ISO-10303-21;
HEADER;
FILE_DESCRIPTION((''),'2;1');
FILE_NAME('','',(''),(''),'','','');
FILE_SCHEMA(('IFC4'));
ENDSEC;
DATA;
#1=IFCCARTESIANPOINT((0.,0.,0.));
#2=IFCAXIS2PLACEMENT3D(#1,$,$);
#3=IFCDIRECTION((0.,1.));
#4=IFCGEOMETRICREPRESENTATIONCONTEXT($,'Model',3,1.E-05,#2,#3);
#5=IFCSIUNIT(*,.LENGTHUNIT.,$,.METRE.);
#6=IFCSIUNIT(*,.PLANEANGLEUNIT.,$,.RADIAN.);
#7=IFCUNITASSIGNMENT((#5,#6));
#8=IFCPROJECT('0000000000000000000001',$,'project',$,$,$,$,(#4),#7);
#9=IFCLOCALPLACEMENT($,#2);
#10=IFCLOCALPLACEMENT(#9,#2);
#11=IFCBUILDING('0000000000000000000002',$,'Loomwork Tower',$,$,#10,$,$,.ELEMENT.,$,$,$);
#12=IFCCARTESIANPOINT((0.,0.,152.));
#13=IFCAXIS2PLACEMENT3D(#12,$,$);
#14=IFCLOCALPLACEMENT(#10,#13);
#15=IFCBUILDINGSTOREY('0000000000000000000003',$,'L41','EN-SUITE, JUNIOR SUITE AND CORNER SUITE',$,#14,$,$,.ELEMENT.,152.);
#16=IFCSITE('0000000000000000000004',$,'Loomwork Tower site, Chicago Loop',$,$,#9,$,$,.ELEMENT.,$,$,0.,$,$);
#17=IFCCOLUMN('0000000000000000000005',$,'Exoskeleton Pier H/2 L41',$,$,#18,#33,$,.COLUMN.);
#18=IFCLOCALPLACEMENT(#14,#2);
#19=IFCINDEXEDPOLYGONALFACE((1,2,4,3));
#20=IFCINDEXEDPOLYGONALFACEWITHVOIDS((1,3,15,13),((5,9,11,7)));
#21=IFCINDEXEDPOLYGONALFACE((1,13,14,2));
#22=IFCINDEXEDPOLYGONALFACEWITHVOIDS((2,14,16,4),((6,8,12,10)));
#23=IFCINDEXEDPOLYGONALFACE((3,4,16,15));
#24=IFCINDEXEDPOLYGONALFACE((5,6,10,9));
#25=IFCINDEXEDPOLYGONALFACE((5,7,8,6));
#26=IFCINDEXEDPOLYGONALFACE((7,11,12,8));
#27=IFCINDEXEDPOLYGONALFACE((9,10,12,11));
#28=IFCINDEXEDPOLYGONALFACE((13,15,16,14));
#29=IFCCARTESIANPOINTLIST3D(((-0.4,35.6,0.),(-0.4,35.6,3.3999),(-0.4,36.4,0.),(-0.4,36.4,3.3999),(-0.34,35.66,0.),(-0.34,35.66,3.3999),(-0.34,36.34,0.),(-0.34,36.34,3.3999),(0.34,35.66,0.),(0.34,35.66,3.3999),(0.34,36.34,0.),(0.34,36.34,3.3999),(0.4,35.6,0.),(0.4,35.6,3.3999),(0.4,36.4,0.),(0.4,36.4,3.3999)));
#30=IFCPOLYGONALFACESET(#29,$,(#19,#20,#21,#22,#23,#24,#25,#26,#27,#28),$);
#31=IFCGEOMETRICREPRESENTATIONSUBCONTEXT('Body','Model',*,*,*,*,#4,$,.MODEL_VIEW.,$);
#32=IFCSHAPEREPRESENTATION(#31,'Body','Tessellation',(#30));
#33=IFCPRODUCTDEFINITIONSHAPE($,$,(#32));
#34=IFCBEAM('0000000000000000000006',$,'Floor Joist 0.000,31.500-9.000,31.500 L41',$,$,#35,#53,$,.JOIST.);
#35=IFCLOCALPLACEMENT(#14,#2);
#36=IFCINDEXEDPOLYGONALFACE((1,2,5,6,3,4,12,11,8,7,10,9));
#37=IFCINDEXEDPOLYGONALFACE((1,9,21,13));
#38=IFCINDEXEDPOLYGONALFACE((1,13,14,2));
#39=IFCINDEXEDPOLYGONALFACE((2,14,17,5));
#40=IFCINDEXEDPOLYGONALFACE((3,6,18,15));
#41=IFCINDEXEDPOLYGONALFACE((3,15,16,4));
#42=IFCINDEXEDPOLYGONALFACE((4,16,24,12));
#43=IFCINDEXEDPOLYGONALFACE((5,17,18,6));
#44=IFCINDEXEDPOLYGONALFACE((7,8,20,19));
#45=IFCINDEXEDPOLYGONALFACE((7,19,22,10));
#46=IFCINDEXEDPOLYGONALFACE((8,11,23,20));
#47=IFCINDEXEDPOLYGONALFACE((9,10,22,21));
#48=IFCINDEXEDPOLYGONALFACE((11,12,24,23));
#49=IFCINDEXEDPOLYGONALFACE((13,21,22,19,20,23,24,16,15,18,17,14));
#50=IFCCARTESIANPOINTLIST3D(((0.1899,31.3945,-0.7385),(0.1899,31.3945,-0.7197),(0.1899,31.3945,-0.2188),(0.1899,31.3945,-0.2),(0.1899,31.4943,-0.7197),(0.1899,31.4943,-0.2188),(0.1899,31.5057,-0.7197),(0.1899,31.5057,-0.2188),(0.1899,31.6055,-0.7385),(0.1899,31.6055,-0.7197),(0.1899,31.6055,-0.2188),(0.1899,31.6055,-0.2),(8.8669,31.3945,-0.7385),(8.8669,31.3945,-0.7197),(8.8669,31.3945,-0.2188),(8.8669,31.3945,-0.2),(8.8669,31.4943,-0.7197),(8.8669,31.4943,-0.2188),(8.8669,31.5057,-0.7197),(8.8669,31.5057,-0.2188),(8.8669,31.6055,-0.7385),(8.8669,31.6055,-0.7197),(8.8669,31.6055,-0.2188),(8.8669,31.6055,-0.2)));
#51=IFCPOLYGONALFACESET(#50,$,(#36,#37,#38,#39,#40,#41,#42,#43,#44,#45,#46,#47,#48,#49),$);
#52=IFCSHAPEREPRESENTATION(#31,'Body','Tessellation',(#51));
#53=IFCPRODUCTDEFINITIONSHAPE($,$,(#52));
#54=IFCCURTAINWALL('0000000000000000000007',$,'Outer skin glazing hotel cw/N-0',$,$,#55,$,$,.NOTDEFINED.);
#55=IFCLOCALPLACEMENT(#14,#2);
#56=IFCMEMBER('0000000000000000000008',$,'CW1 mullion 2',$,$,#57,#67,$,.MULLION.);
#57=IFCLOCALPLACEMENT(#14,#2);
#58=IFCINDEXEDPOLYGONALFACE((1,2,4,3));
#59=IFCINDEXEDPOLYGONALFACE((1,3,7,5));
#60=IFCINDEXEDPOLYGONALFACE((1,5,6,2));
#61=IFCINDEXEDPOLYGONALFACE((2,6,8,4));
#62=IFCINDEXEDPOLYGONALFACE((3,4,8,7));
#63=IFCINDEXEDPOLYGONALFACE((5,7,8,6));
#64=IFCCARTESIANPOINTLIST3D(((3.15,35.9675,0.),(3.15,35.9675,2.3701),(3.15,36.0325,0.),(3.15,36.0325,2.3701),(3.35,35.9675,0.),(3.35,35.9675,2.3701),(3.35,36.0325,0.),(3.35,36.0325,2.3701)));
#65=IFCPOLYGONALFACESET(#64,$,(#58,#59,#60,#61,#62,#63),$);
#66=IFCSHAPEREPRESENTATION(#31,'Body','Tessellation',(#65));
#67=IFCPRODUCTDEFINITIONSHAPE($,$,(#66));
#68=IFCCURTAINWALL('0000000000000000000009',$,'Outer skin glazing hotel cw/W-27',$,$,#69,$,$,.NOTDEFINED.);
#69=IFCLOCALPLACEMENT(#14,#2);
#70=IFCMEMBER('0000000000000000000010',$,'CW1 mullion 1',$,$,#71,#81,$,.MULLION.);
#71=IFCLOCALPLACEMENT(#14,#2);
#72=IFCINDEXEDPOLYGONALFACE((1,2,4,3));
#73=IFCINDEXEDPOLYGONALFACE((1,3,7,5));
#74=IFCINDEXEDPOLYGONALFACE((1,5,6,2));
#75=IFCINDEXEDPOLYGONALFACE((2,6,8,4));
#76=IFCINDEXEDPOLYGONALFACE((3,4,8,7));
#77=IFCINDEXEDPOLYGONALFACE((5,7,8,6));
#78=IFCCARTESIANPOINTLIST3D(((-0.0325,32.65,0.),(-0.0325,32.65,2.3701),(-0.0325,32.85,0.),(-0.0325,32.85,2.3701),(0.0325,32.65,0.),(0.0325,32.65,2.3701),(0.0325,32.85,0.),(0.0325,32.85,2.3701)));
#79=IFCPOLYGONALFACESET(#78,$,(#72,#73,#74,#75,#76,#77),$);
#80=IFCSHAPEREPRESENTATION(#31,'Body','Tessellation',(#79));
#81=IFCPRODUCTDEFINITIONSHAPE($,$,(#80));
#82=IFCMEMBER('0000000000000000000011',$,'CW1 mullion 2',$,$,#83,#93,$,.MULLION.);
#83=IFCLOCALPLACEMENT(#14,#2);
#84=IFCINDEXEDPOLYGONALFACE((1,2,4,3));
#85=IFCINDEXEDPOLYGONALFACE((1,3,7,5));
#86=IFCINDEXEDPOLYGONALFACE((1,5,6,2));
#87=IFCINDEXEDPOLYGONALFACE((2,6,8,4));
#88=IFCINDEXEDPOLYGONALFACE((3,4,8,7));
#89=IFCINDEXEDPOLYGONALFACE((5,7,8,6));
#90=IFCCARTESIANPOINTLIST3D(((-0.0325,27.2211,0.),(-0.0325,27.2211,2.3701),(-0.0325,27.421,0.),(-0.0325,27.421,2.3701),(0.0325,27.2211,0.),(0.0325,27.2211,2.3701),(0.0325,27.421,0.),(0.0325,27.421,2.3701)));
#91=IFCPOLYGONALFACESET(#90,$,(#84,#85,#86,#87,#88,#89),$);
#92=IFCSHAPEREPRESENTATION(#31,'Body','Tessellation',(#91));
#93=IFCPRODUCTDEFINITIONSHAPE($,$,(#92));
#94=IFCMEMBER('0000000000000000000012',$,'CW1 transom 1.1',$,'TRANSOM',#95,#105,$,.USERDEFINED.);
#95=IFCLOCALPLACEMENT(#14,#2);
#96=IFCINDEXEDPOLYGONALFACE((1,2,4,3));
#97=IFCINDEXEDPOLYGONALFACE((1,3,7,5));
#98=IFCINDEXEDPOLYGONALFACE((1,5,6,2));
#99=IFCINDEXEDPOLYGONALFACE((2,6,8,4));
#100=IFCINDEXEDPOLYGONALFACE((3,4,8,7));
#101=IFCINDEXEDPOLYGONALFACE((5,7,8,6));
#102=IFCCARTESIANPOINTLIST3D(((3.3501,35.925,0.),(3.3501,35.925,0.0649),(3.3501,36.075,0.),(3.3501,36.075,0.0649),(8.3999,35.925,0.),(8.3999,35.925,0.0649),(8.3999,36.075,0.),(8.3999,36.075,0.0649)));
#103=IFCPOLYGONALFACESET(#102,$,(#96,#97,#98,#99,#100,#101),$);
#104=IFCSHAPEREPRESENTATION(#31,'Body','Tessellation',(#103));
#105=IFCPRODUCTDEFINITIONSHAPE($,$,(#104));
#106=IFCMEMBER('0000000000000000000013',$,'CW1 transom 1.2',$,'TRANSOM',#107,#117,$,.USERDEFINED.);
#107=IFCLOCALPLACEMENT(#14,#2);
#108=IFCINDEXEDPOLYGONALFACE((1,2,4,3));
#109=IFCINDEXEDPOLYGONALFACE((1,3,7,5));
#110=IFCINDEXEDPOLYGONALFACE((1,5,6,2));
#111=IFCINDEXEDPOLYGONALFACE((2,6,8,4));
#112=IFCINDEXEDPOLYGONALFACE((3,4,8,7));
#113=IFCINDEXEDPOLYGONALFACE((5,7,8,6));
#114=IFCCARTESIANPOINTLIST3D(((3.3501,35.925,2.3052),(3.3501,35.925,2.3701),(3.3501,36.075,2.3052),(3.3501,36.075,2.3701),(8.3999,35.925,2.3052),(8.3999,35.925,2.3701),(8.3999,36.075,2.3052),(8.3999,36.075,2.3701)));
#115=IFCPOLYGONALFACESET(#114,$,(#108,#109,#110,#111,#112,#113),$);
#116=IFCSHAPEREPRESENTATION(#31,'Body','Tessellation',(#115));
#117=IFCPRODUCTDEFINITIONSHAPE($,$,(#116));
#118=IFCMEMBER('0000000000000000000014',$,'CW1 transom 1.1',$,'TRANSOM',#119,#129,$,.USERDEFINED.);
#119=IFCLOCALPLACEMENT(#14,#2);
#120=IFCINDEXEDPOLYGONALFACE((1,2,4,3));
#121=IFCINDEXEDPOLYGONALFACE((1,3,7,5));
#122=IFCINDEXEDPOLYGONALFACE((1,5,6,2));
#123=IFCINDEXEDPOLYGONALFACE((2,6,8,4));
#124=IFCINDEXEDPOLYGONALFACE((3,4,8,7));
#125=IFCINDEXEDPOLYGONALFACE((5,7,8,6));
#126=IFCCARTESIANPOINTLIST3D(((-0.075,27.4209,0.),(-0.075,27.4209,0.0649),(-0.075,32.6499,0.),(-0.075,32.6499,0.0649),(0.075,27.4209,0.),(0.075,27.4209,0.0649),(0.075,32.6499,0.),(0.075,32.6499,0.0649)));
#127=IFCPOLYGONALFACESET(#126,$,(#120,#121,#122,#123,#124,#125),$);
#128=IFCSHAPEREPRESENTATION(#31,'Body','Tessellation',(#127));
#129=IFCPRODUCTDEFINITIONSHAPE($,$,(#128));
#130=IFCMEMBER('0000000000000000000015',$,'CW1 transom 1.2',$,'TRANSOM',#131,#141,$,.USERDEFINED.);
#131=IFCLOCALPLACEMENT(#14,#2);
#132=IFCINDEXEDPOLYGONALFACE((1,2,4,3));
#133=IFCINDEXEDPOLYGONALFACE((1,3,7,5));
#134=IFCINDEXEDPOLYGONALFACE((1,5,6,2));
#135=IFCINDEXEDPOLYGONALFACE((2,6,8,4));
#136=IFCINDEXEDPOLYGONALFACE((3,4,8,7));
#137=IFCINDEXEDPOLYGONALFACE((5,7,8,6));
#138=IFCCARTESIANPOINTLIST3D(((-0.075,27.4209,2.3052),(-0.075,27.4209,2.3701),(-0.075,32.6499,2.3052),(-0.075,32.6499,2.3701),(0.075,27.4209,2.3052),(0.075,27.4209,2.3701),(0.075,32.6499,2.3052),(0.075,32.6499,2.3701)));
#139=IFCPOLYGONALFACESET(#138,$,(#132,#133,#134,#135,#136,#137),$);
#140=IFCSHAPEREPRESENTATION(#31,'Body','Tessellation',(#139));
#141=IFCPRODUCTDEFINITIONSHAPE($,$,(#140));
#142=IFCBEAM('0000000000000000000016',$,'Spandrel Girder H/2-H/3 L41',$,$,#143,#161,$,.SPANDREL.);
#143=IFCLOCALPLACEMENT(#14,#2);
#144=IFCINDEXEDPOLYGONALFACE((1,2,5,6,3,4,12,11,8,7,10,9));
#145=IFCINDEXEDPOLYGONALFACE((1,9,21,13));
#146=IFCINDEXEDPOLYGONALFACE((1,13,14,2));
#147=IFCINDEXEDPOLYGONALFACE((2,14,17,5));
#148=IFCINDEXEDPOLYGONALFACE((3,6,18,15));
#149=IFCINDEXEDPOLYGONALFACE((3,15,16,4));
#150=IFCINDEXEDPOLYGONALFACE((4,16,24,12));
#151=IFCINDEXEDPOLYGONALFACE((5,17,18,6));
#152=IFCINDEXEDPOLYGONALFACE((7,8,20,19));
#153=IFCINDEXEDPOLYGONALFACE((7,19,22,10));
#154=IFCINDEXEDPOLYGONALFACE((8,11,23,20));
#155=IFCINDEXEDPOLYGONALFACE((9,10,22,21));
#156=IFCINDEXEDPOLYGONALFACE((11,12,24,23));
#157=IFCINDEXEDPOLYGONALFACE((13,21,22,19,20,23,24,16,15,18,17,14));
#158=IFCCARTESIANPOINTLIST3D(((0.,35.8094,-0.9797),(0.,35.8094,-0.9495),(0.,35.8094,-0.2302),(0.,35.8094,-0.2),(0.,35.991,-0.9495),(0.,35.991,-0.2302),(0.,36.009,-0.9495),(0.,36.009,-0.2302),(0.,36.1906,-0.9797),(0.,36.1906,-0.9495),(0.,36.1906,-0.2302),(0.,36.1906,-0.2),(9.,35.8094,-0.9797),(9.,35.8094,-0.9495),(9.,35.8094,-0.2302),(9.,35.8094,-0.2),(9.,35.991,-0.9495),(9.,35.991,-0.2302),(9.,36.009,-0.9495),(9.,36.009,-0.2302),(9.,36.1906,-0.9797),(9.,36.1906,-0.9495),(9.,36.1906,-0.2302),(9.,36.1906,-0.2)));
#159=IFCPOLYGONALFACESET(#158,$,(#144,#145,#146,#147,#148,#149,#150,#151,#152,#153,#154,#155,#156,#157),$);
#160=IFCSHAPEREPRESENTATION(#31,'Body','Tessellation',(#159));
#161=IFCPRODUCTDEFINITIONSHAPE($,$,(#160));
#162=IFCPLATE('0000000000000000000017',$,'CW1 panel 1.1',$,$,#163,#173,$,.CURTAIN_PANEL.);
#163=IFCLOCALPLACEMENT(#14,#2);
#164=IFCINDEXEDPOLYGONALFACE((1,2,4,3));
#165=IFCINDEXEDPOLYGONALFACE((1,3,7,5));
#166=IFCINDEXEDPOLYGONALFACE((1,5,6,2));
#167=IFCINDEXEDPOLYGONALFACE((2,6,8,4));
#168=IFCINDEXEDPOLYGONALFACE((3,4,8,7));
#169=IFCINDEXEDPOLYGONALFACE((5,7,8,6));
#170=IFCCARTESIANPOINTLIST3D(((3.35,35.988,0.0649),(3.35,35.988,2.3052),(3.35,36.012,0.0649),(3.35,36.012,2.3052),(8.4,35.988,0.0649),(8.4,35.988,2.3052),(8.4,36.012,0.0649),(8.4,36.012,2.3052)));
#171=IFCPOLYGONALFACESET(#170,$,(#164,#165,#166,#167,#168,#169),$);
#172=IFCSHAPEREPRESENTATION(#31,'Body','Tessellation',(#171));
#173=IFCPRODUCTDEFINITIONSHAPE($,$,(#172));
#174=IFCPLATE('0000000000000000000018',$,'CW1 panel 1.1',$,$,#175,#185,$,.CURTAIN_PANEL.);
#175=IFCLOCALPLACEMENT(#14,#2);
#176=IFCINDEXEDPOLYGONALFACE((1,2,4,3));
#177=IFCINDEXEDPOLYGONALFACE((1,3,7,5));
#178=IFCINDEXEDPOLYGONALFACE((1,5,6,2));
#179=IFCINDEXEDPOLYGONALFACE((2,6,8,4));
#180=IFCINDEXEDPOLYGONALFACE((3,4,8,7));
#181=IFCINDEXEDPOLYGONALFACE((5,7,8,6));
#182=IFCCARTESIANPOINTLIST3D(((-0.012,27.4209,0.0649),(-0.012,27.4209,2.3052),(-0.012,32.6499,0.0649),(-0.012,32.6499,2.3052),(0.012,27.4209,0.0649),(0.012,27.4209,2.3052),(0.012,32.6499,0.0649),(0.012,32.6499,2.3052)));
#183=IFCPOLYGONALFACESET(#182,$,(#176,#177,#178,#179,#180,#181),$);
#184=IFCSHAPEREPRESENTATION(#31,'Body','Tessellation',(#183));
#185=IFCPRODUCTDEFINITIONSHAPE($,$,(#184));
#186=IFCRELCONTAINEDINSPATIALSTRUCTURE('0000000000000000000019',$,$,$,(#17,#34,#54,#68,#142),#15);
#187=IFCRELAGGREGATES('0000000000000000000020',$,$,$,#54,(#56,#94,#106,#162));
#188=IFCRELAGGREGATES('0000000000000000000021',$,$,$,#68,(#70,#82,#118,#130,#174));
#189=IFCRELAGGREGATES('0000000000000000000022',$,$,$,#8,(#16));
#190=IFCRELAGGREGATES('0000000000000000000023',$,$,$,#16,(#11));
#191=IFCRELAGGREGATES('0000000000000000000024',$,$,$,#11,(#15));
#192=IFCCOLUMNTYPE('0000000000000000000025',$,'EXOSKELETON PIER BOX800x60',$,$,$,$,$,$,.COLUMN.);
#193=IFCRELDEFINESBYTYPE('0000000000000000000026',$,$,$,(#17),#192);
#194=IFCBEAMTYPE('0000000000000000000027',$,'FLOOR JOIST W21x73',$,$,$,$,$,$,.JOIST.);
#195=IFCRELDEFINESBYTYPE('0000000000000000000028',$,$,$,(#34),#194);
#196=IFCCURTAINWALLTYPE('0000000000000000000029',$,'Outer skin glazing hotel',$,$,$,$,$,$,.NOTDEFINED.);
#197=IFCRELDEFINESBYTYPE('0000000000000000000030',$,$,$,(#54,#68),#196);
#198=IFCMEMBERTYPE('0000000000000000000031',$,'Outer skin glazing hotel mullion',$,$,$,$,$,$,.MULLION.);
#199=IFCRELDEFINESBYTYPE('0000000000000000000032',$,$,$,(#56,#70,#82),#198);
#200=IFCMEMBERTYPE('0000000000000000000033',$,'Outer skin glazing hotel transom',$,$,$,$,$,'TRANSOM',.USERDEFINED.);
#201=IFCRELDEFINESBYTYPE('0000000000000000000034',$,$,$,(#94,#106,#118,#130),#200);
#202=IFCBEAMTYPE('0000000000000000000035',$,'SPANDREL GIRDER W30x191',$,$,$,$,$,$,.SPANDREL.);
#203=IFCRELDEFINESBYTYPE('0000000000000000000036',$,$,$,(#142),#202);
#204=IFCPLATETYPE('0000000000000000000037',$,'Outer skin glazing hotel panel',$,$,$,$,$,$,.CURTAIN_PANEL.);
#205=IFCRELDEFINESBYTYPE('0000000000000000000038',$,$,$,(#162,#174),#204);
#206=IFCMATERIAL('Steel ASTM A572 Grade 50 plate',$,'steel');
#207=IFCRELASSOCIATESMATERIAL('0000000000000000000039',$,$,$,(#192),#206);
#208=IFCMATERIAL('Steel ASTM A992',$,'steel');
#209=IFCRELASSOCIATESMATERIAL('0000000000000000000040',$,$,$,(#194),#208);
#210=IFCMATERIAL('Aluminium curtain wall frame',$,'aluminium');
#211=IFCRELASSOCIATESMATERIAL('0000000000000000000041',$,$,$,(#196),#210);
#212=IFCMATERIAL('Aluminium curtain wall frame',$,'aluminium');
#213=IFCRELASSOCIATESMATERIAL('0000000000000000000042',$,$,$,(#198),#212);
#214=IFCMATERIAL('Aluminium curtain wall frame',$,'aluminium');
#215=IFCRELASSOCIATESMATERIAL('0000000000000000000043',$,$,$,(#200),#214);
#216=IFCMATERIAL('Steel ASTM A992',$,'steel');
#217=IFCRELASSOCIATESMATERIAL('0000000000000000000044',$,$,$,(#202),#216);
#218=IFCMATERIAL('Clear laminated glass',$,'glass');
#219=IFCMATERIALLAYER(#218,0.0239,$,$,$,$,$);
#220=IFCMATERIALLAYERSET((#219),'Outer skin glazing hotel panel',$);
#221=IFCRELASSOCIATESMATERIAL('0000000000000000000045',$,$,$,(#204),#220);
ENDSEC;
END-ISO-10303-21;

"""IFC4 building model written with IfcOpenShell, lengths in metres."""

from ifc_helpers import new_model, si_unit, direction, frame, origin, origin_2d, place, context, subcontext, project, spatial, rectangle, hollow_rectangle, i_section, extrude, material, layer, layer_set, material_profile, profile_set, type_object, element, aggregate, save


model = new_model("IFC4")

# Units and contexts
model_context = context("Model", 3, precision=1e-05, world=origin(), true_north=direction((0.0, 1.0)))
body_context = subcontext(model_context, "Body", "Model", "MODEL_VIEW")
ifc_project = project(units=[si_unit("LENGTHUNIT", "METRE"), si_unit("PLANEANGLEUNIT", "RADIAN")], contexts=[model_context])

# Site, building, storey
site_placement = place(None, origin())
site = spatial("IfcSite", under=ifc_project, at=site_placement, Name="Loomwork Tower site, Chicago Loop", CompositionType="ELEMENT", RefElevation=0.0)
building_placement = place(site_placement, origin())
building = spatial("IfcBuilding", under=site, at=building_placement, Name="Loomwork Tower", CompositionType="ELEMENT")
storey_placement = place(building_placement, frame((0.0, 0.0, 152.0)))
storey = spatial("IfcBuildingStorey", under=building, at=storey_placement, Name="L41", Description="EN-SUITE, JUNIOR SUITE AND CORNER SUITE", CompositionType="ELEMENT", Elevation=152.0)

# Column
ifc_material_1 = material(Name="Steel ASTM A572 Grade 50 plate", Category="steel")
ifc_material_profile_1 = material_profile(ifc_material_1, hollow_rectangle(XDim=0.8, YDim=0.8, WallThickness=0.0601, at=origin_2d()), Name="BOX800x60")
ifc_profile_set_1 = profile_set([ifc_material_profile_1], Name="Steel ASTM A572 Grade 50 plate")
column_type = type_object("IfcColumnType", Name="EXOSKELETON PIER BOX800x60", PredefinedType="COLUMN", material=ifc_profile_set_1)
column_placement = place(storey_placement, frame((0.0, 36.0, 0.0), z_axis=(0.0, 0.0, 1.0), x_axis=(1.0, 0.0, 0.0)))
element("IfcColumn", 1, at=column_placement, inside=storey, type_object=column_type, Name="Exoskeleton Pier H/2 L41", PredefinedType="COLUMN", context=body_context, shape_type="SweptSolid", body=[
    extrude(hollow_rectangle(XDim=0.8, YDim=0.8, WallThickness=0.0601, at=origin_2d()), origin(), (0.0, 0.0, 1.0), 3.3999),
])

# Beam
ifc_material_2 = material(Name="Steel ASTM A992", Category="steel")
ifc_material_profile_2 = material_profile(ifc_material_2, i_section(OverallWidth=0.2109, OverallDepth=0.5386, WebThickness=0.0115, FlangeThickness=0.0188, at=origin_2d()), Name="W21x73")
ifc_profile_set_2 = profile_set([ifc_material_profile_2], Name="Steel ASTM A992")
beam_type_1 = type_object("IfcBeamType", Name="FLOOR JOIST W21x73", PredefinedType="JOIST", material=ifc_profile_set_2)
beam_1_placement = place(storey_placement, frame((0.1899, 31.5, -0.4692), z_axis=(1.0, 0.0, 0.0), x_axis=(0.0, 1.0, 0.0)))
element("IfcBeam", 2, at=beam_1_placement, inside=storey, type_object=beam_type_1, Name="Floor Joist 0.000,31.500-9.000,31.500 L41", PredefinedType="JOIST", context=body_context, shape_type="SweptSolid", body=[
    extrude(i_section(OverallWidth=0.2109, OverallDepth=0.5386, WebThickness=0.0115, FlangeThickness=0.0188, at=origin_2d()), origin(), (0.0, 0.0, 1.0), 8.677),
])

# Curtain wall, member
ifc_material_3 = material(Name="Aluminium curtain wall frame", Category="aluminium")
curtain_wall_type = type_object("IfcCurtainWallType", Name="Outer skin glazing hotel", PredefinedType="NOTDEFINED", material=ifc_material_3)
curtain_wall_1_placement = place(storey_placement, origin())
curtain_wall_1 = element("IfcCurtainWall", 3, at=curtain_wall_1_placement, inside=storey, type_object=curtain_wall_type, Name="Outer skin glazing hotel cw/N-0", PredefinedType="NOTDEFINED")
ifc_material_4 = material(Name="Aluminium curtain wall frame", Category="aluminium")
ifc_material_profile_3 = material_profile(ifc_material_4, rectangle(XDim=0.0649, YDim=0.2, at=origin_2d()), Name="AL 65x200")
ifc_profile_set_3 = profile_set([ifc_material_profile_3], Name="Aluminium curtain wall frame")
member_type_1 = type_object("IfcMemberType", Name="Outer skin glazing hotel mullion", PredefinedType="MULLION", material=ifc_profile_set_3)
member_1_placement = place(storey_placement, frame((3.25, 36.0, 0.0), z_axis=(0.0, 0.0, 1.0), x_axis=(0.0, -1.0, 0.0)))
member_1 = element("IfcMember", 4, at=member_1_placement, type_object=member_type_1, Name="CW1 mullion 2", PredefinedType="MULLION", context=body_context, shape_type="SweptSolid", body=[
    extrude(rectangle(XDim=0.0649, YDim=0.2, at=origin_2d()), origin(), (0.0, 0.0, 1.0), 2.3701),
])

# Curtain wall, members
curtain_wall_2_placement = place(storey_placement, origin())
curtain_wall_2 = element("IfcCurtainWall", 5, at=curtain_wall_2_placement, inside=storey, type_object=curtain_wall_type, Name="Outer skin glazing hotel cw/W-27", PredefinedType="NOTDEFINED")
member_2_placement = place(storey_placement, frame((0.0, 32.75, 0.0), z_axis=(0.0, 0.0, 1.0), x_axis=(1.0, 0.0, 0.0)))
member_2 = element("IfcMember", 6, at=member_2_placement, type_object=member_type_1, Name="CW1 mullion 1", PredefinedType="MULLION", context=body_context, shape_type="SweptSolid", body=[
    extrude(rectangle(XDim=0.0649, YDim=0.2, at=origin_2d()), origin(), (0.0, 0.0, 1.0), 2.3701),
])
member_3_placement = place(storey_placement, frame((0.0, 27.321, 0.0), z_axis=(0.0, 0.0, 1.0), x_axis=(1.0, 0.0, 0.0)))
member_3 = element("IfcMember", 7, at=member_3_placement, type_object=member_type_1, Name="CW1 mullion 2", PredefinedType="MULLION", context=body_context, shape_type="SweptSolid", body=[
    extrude(rectangle(XDim=0.0649, YDim=0.2, at=origin_2d()), origin(), (0.0, 0.0, 1.0), 2.3701),
])

# Members
ifc_material_5 = material(Name="Aluminium curtain wall frame", Category="aluminium")
ifc_material_profile_4 = material_profile(ifc_material_5, rectangle(XDim=0.1499, YDim=0.0649, at=origin_2d()), Name="AL 65x150")
ifc_profile_set_4 = profile_set([ifc_material_profile_4], Name="Aluminium curtain wall frame")
member_type_2 = type_object("IfcMemberType", Name="Outer skin glazing hotel transom", ElementType="TRANSOM", PredefinedType="USERDEFINED", material=ifc_profile_set_4)
member_4_placement = place(storey_placement, frame((8.3999, 36.0, 0.0325), z_axis=(-1.0, 0.0, 0.0), x_axis=(0.0, -1.0, 0.0)))
member_4 = element("IfcMember", 8, at=member_4_placement, type_object=member_type_2, Name="CW1 transom 1.1", ObjectType="TRANSOM", PredefinedType="USERDEFINED", context=body_context, shape_type="SweptSolid", body=[
    extrude(rectangle(XDim=0.1499, YDim=0.0649, at=origin_2d()), origin(), (0.0, 0.0, 1.0), 5.0498),
])
member_5_placement = place(storey_placement, frame((8.3999, 36.0, 2.3376), z_axis=(-1.0, 0.0, 0.0), x_axis=(0.0, -1.0, 0.0)))
member_5 = element("IfcMember", 9, at=member_5_placement, type_object=member_type_2, Name="CW1 transom 1.2", ObjectType="TRANSOM", PredefinedType="USERDEFINED", context=body_context, shape_type="SweptSolid", body=[
    extrude(rectangle(XDim=0.1499, YDim=0.0649, at=origin_2d()), origin(), (0.0, 0.0, 1.0), 5.0498),
])
member_6_placement = place(storey_placement, frame((0.0, 32.6499, 0.0325), z_axis=(0.0, -1.0, 0.0), x_axis=(1.0, 0.0, 0.0)))
member_6 = element("IfcMember", 10, at=member_6_placement, type_object=member_type_2, Name="CW1 transom 1.1", ObjectType="TRANSOM", PredefinedType="USERDEFINED", context=body_context, shape_type="SweptSolid", body=[
    extrude(rectangle(XDim=0.1499, YDim=0.0649, at=origin_2d()), origin(), (0.0, 0.0, 1.0), 5.229),
])
member_7_placement = place(storey_placement, frame((0.0, 32.6499, 2.3376), z_axis=(0.0, -1.0, 0.0), x_axis=(1.0, 0.0, 0.0)))
member_7 = element("IfcMember", 11, at=member_7_placement, type_object=member_type_2, Name="CW1 transom 1.2", ObjectType="TRANSOM", PredefinedType="USERDEFINED", context=body_context, shape_type="SweptSolid", body=[
    extrude(rectangle(XDim=0.1499, YDim=0.0649, at=origin_2d()), origin(), (0.0, 0.0, 1.0), 5.229),
])

# Beam
ifc_material_6 = material(Name="Steel ASTM A992", Category="steel")
ifc_material_profile_5 = material_profile(ifc_material_6, i_section(OverallWidth=0.3811, OverallDepth=0.7798, WebThickness=0.0181, FlangeThickness=0.0303, at=origin_2d()), Name="W30x191")
ifc_profile_set_5 = profile_set([ifc_material_profile_5], Name="Steel ASTM A992")
beam_type_2 = type_object("IfcBeamType", Name="SPANDREL GIRDER W30x191", PredefinedType="SPANDREL", material=ifc_profile_set_5)
beam_2_placement = place(storey_placement, frame((0.0, 36.0, -0.5898), z_axis=(1.0, 0.0, 0.0), x_axis=(0.0, 1.0, 0.0)))
element("IfcBeam", 12, at=beam_2_placement, inside=storey, type_object=beam_type_2, Name="Spandrel Girder H/2-H/3 L41", PredefinedType="SPANDREL", context=body_context, shape_type="SweptSolid", body=[
    extrude(i_section(OverallWidth=0.3811, OverallDepth=0.7798, WebThickness=0.0181, FlangeThickness=0.0303, at=origin_2d()), origin(), (0.0, 0.0, 1.0), 9.0),
])

# Plates
ifc_material_7 = material(Name="Clear laminated glass", Category="glass")
ifc_layer_1 = layer(ifc_material_7, 0.0239)
ifc_layer_set_1 = layer_set([ifc_layer_1], Name="Outer skin glazing hotel panel")
plate_type = type_object("IfcPlateType", Name="Outer skin glazing hotel panel", PredefinedType="CURTAIN_PANEL", material=ifc_layer_set_1)
plate_1_placement = place(storey_placement, frame((5.875, 36.0, 0.0649), z_axis=(0.0, 0.0, 1.0), x_axis=(-1.0, 0.0, 0.0)))
plate_1 = element("IfcPlate", 13, at=plate_1_placement, type_object=plate_type, Name="CW1 panel 1.1", PredefinedType="CURTAIN_PANEL", context=body_context, shape_type="SweptSolid", body=[
    extrude(rectangle(XDim=5.05, YDim=0.0239, at=origin_2d()), origin(), (0.0, 0.0, 1.0), 2.2402),
])
aggregate(curtain_wall_1, [member_1, member_4, member_5, plate_1])
plate_2_placement = place(storey_placement, frame((0.0, 30.0354, 0.0649), z_axis=(0.0, 0.0, 1.0), x_axis=(0.0, -1.0, 0.0)))
plate_2 = element("IfcPlate", 14, at=plate_2_placement, type_object=plate_type, Name="CW1 panel 1.1", PredefinedType="CURTAIN_PANEL", context=body_context, shape_type="SweptSolid", body=[
    extrude(rectangle(XDim=5.229, YDim=0.0239, at=origin_2d()), origin(), (0.0, 0.0, 1.0), 2.2402),
])
aggregate(curtain_wall_2, [member_2, member_3, member_6, member_7, plate_2])

save(model, "model.ifc")
